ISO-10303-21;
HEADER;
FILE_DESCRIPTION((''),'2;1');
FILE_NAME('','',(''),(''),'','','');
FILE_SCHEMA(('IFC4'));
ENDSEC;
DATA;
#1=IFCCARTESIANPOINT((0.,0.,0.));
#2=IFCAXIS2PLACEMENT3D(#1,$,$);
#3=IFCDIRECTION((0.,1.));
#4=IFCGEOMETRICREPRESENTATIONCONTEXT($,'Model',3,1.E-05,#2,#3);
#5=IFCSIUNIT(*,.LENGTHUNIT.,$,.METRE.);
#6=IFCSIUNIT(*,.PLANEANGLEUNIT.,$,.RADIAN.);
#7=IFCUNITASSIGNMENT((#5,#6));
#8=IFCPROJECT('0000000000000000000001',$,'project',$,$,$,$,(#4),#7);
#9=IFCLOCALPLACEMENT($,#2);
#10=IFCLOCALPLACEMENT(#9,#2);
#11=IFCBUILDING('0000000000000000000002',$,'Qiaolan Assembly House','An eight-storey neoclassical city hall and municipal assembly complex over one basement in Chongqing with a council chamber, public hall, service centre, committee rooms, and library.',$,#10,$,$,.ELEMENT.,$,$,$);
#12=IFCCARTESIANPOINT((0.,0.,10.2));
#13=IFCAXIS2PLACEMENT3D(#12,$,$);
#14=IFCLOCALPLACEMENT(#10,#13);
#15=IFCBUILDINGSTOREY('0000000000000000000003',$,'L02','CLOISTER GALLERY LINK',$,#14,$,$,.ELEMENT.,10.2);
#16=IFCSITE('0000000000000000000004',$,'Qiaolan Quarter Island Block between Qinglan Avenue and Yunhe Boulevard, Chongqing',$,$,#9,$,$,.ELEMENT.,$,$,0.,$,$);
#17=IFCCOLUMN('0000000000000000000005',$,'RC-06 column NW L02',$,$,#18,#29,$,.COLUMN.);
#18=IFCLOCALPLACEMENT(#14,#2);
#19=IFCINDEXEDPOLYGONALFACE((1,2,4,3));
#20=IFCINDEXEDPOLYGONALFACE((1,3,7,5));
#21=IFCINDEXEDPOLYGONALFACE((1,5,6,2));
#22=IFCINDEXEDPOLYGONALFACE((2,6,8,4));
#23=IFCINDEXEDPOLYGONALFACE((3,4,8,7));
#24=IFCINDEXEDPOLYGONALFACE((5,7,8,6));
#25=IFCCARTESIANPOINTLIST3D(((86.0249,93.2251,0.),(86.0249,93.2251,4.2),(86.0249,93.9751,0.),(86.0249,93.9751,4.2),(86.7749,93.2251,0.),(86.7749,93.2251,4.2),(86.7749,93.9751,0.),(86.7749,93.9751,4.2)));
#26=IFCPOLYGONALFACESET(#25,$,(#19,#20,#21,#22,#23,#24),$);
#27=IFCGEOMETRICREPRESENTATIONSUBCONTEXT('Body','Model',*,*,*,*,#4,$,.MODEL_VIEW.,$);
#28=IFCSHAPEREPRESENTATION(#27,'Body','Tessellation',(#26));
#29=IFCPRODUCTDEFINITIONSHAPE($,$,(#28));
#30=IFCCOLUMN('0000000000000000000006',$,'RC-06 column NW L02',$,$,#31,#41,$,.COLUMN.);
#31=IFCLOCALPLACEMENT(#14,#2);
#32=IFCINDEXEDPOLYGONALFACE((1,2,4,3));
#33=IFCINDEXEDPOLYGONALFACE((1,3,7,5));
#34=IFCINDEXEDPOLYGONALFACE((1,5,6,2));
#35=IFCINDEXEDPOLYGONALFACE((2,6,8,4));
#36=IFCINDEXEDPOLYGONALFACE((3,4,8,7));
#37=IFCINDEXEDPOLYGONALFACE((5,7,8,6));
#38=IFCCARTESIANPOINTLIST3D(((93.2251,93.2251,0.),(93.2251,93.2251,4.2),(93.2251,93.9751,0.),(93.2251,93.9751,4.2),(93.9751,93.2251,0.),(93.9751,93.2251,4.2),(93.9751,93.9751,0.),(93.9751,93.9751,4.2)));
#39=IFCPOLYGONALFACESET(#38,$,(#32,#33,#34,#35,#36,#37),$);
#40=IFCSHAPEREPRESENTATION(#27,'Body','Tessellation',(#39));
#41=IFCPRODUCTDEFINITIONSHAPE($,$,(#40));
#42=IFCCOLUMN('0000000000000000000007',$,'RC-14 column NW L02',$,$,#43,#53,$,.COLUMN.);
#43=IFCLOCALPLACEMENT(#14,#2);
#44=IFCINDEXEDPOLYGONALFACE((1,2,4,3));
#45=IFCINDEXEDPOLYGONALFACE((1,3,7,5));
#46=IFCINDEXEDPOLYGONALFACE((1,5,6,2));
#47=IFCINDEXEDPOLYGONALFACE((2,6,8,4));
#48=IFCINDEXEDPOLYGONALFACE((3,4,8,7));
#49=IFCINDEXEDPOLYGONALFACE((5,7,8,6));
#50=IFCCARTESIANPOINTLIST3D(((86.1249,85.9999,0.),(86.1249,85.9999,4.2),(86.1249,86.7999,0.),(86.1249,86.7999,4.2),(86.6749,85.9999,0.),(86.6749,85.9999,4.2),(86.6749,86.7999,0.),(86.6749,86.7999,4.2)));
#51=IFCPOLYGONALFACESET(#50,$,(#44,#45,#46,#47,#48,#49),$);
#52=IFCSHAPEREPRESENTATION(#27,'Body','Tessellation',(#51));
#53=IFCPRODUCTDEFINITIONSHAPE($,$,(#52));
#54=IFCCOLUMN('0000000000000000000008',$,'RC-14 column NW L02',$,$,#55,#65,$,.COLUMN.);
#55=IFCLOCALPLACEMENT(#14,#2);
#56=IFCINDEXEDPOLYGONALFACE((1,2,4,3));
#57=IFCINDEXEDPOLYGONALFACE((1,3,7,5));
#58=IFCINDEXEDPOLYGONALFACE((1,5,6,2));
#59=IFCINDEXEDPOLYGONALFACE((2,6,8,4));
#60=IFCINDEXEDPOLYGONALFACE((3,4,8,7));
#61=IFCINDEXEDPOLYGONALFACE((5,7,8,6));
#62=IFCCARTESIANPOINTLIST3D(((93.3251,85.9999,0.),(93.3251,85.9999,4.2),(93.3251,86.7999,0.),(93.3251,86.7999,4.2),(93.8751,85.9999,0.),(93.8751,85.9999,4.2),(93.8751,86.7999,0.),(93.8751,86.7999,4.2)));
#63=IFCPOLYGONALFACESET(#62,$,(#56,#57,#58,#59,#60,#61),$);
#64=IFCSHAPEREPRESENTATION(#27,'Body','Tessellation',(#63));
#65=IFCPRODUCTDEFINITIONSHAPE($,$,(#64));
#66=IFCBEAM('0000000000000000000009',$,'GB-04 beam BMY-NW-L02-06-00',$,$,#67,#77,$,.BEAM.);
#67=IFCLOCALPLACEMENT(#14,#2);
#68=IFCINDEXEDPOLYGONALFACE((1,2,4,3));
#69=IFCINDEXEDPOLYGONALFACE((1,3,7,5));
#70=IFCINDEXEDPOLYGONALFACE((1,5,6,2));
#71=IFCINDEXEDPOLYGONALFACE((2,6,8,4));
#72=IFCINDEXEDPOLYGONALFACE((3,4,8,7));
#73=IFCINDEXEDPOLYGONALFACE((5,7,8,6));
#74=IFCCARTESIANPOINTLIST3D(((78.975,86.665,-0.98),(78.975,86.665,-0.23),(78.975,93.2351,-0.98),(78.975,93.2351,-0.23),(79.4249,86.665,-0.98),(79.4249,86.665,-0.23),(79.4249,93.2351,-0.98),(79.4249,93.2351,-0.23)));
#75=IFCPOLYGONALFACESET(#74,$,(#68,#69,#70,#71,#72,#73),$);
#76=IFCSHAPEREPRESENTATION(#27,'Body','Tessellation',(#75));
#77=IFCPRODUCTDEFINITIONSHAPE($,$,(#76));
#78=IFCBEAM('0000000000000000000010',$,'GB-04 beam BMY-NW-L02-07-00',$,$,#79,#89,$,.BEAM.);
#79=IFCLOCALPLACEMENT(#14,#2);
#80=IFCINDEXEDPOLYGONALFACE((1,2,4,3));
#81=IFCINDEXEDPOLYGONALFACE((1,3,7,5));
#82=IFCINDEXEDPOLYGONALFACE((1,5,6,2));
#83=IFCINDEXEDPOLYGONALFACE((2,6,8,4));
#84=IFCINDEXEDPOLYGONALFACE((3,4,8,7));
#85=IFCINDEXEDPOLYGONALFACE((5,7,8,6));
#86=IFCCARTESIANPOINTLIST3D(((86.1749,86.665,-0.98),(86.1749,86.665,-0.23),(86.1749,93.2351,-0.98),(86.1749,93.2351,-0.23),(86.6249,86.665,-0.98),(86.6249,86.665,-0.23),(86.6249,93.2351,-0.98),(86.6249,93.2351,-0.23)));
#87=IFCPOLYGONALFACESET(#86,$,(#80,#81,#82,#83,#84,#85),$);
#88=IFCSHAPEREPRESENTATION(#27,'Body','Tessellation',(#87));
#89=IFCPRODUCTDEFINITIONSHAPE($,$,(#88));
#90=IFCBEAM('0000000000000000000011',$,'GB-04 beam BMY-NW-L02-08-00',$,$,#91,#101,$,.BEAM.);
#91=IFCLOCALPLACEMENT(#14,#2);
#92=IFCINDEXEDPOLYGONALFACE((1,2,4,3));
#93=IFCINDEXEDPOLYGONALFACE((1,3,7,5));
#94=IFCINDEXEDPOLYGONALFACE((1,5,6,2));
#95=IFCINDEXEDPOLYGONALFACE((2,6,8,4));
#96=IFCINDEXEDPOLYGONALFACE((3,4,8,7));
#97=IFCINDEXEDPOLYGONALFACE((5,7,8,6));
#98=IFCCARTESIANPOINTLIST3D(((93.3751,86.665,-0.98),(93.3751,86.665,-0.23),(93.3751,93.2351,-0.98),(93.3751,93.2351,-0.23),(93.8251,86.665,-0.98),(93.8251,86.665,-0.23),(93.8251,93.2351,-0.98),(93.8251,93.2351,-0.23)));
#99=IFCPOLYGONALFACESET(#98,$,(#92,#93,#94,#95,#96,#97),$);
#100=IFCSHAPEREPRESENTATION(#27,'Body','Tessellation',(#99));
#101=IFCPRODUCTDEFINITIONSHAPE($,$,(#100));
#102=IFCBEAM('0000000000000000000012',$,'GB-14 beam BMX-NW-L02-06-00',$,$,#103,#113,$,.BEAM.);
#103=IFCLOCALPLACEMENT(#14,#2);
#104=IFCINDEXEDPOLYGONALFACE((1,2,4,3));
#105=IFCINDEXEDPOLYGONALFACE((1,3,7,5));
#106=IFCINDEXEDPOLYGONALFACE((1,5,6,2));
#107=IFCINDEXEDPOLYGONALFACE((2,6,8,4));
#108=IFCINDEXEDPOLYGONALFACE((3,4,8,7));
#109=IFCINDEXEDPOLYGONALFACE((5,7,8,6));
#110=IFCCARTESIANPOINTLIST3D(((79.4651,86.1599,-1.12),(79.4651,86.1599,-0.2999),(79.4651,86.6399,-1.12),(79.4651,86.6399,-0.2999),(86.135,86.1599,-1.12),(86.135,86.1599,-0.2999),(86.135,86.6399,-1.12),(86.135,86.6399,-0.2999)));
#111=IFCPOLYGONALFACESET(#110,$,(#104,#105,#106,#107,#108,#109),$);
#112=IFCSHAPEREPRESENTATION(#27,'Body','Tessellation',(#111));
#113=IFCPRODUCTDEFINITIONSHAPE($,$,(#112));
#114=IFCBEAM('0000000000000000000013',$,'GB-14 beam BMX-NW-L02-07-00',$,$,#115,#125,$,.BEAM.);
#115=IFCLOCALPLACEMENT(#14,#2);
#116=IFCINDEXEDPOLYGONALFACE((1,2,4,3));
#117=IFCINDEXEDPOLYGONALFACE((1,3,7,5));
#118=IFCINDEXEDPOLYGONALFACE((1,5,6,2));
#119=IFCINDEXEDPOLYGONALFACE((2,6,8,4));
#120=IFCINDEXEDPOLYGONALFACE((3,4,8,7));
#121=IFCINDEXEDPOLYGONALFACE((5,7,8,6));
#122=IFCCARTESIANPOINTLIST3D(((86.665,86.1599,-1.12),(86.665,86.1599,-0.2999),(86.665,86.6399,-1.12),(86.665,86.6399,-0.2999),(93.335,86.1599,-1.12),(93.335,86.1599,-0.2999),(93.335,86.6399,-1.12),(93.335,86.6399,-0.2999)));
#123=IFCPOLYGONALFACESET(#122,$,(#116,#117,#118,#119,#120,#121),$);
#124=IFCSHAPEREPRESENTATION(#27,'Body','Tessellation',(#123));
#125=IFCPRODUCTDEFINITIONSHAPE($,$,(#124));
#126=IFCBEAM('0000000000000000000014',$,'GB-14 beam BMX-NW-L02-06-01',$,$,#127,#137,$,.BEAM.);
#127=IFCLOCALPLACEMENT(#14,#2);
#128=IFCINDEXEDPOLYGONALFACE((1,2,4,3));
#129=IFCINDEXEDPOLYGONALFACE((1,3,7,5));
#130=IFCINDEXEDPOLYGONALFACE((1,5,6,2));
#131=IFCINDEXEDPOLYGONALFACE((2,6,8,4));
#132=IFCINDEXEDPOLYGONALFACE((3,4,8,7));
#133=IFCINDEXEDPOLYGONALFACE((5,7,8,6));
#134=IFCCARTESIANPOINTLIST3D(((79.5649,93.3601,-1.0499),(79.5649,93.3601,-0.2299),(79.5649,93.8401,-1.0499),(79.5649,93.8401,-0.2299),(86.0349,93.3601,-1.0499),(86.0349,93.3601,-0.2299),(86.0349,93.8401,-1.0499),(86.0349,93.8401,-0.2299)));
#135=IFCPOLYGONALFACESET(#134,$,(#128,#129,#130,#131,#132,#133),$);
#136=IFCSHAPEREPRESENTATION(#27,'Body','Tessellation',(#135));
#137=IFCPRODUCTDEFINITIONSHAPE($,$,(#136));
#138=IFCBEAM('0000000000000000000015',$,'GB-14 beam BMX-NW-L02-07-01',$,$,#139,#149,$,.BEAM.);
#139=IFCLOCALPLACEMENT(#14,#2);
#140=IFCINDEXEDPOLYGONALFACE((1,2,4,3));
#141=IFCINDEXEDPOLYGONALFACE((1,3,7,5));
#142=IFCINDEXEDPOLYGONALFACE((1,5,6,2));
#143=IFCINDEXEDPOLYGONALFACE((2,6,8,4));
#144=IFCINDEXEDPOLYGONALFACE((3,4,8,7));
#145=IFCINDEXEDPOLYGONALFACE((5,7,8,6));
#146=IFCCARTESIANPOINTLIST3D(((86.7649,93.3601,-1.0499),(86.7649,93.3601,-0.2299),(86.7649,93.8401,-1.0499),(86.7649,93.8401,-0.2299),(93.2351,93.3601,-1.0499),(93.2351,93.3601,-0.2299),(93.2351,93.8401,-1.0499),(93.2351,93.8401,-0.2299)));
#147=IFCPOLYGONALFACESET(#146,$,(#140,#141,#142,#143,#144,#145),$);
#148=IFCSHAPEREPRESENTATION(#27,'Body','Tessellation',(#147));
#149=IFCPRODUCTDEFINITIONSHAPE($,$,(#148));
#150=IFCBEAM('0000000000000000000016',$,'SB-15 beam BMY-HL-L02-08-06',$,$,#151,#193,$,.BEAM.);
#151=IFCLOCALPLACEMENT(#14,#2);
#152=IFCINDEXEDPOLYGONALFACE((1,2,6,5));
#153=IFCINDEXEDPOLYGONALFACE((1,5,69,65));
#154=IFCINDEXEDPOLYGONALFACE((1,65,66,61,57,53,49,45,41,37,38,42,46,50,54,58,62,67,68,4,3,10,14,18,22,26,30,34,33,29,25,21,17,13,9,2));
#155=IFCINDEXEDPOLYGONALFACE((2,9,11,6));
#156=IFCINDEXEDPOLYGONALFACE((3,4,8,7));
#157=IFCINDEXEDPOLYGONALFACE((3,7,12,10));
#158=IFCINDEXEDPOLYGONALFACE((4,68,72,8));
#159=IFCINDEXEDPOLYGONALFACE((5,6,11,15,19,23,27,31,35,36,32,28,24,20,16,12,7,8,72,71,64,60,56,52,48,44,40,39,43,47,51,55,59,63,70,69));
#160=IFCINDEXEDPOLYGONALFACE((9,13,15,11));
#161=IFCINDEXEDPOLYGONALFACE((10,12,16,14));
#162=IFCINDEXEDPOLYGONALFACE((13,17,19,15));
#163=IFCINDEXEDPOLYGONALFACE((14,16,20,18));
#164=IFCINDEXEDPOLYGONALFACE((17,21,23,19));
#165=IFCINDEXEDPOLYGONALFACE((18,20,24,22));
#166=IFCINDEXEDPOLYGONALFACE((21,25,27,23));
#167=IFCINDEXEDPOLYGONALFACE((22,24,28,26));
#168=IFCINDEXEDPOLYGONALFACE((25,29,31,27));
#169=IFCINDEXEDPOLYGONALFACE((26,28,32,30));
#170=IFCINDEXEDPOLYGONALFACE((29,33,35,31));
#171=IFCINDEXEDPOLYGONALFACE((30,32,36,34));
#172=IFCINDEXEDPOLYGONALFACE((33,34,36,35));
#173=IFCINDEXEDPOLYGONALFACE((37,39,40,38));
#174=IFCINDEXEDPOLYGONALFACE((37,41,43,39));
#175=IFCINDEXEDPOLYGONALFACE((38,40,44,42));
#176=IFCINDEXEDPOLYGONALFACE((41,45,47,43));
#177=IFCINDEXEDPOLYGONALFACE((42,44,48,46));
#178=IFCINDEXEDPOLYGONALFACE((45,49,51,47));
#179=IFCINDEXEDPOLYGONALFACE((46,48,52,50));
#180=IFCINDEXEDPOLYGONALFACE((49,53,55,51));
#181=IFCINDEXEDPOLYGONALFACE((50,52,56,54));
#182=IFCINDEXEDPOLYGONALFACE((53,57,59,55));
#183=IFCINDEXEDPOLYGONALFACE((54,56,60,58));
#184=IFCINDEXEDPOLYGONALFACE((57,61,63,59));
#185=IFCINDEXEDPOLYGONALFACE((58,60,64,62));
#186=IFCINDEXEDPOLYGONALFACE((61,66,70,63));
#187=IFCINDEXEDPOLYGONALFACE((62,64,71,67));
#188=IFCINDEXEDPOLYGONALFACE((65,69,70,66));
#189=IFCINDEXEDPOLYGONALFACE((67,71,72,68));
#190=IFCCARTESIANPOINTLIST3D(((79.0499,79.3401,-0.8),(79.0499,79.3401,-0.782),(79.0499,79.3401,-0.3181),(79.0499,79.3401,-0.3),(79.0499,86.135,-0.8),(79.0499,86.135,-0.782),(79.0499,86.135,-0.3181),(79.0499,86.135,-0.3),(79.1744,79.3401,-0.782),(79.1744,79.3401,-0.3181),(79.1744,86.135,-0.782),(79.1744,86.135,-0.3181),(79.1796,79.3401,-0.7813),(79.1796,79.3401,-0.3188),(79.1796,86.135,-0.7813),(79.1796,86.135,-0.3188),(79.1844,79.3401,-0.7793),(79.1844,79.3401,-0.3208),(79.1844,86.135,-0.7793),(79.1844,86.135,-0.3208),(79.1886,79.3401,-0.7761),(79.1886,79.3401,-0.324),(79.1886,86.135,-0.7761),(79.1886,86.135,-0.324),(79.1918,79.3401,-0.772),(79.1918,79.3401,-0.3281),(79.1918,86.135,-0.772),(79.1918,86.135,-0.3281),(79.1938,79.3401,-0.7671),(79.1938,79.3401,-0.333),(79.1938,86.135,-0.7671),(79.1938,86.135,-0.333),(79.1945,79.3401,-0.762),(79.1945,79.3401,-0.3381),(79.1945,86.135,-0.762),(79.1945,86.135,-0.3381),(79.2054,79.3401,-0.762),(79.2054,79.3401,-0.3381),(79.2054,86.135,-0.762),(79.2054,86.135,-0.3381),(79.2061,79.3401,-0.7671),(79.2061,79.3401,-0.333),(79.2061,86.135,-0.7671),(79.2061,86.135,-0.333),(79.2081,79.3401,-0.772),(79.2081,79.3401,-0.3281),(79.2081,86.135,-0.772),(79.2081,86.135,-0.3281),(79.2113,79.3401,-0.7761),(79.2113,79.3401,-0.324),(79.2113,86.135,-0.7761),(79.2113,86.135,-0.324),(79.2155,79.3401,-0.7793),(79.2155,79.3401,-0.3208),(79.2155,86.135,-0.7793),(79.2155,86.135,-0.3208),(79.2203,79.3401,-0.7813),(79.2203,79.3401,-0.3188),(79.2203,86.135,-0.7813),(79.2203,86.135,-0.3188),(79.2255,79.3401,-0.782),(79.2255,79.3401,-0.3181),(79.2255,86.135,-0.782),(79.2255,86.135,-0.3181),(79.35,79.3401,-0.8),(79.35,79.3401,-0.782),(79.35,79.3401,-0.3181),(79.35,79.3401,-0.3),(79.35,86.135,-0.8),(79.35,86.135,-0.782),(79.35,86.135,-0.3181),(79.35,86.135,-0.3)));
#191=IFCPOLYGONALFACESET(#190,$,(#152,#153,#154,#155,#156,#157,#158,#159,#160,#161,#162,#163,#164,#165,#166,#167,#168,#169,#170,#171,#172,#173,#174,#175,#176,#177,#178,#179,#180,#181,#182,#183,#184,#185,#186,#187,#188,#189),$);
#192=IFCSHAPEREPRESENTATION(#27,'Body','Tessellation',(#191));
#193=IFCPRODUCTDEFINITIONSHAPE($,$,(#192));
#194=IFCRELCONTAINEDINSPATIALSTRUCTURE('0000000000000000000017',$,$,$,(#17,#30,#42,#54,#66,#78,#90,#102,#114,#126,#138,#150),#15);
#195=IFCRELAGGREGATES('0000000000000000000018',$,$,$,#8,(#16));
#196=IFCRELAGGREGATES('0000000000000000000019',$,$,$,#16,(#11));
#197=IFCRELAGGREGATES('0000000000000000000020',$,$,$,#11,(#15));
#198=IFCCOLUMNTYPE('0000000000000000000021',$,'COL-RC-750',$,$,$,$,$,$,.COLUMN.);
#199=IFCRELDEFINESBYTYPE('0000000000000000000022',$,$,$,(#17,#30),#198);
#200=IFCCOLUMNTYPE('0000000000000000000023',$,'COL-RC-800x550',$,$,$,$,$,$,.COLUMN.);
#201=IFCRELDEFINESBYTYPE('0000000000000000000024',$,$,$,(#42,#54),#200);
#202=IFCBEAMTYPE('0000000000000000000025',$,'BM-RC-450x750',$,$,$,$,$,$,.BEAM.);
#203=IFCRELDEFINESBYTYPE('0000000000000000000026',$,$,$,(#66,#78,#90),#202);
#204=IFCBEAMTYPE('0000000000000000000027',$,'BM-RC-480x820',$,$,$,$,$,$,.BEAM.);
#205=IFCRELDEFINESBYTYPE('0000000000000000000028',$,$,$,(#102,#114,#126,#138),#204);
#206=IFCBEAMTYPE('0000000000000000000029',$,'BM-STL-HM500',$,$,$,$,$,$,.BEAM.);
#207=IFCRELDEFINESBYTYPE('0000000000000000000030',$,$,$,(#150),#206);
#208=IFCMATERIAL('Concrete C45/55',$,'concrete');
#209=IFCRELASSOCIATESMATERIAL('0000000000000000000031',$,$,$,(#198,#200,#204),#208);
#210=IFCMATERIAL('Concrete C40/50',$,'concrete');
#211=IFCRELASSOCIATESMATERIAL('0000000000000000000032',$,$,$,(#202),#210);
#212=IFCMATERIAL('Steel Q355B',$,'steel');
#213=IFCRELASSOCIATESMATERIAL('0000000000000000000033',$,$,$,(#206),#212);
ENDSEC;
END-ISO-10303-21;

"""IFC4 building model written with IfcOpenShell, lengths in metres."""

from ifc_helpers import new_model, si_unit, direction, frame, origin, origin_2d, place, context, subcontext, project, spatial, rectangle, i_section, extrude, material, material_profile, profile_set, type_object, element, save


model = new_model("IFC4")

# Units and contexts
model_context = context("Model", 3, precision=1e-05, world=origin(), true_north=direction((0.0, 1.0)))
body_context = subcontext(model_context, "Body", "Model", "MODEL_VIEW")
ifc_project = project(units=[si_unit("LENGTHUNIT", "METRE"), si_unit("PLANEANGLEUNIT", "RADIAN")], contexts=[model_context])

# Site, building, storey
site_placement = place(None, origin())
site = spatial("IfcSite", under=ifc_project, at=site_placement, Name="Qiaolan Quarter Island Block between Qinglan Avenue and Yunhe Boulevard, Chongqing", CompositionType="ELEMENT", RefElevation=0.0)
building_placement = place(site_placement, origin())
building = spatial("IfcBuilding", under=site, at=building_placement, Name="Qiaolan Assembly House", Description="An eight-storey neoclassical city hall and municipal assembly complex over one basement in Chongqing with a council chamber, public hall, service centre, committee rooms, and library.", CompositionType="ELEMENT")
storey_placement = place(building_placement, frame((0.0, 0.0, 10.2)))
storey = spatial("IfcBuildingStorey", under=building, at=storey_placement, Name="L02", Description="CLOISTER GALLERY LINK", CompositionType="ELEMENT", Elevation=10.2)

# Columns
ifc_material_1 = material(Name="Concrete C45/55", Category="concrete")
ifc_material_profile_1 = material_profile(ifc_material_1, rectangle(XDim=0.75, YDim=0.75, at=origin_2d()), Name="RC 750x750")
ifc_profile_set_1 = profile_set([ifc_material_profile_1], Name="Concrete C45/55")
column_type_1 = type_object("IfcColumnType", Name="COL-RC-750", PredefinedType="COLUMN", material=ifc_profile_set_1)
for number, where, z_axis, x_axis, name in (
    (1, (86.3999, 93.6001, 0.0), (0.0, 0.0, 1.0), (1.0, 0.0, 0.0), "RC-06 column NW L02"),
    (2, (93.6001, 93.6001, 0.0), (0.0, 0.0, 1.0), (1.0, 0.0, 0.0), "RC-06 column NW L02"),
):
    element("IfcColumn", number, at=place(storey_placement, frame(where, z_axis=z_axis, x_axis=x_axis)), inside=storey, type_object=column_type_1, Name=name, PredefinedType="COLUMN", context=body_context, shape_type="SweptSolid", body=[
        extrude(rectangle(XDim=0.75, YDim=0.75, at=origin_2d()), origin(), (0.0, 0.0, 1.0), 4.2),
    ])
ifc_material_profile_2 = material_profile(ifc_material_1, rectangle(XDim=0.55, YDim=0.8, at=origin_2d()), Name="RC 800x550")
ifc_profile_set_2 = profile_set([ifc_material_profile_2], Name="Concrete C45/55")
column_type_2 = type_object("IfcColumnType", Name="COL-RC-800x550", PredefinedType="COLUMN", material=ifc_profile_set_2)
for number, where, z_axis, x_axis, name in (
    (3, (86.3999, 86.3999, 0.0), (0.0, 0.0, 1.0), (1.0, 0.0, 0.0), "RC-14 column NW L02"),
    (4, (93.6001, 86.3999, 0.0), (0.0, 0.0, 1.0), (1.0, 0.0, 0.0), "RC-14 column NW L02"),
):
    element("IfcColumn", number, at=place(storey_placement, frame(where, z_axis=z_axis, x_axis=x_axis)), inside=storey, type_object=column_type_2, Name=name, PredefinedType="COLUMN", context=body_context, shape_type="SweptSolid", body=[
        extrude(rectangle(XDim=0.55, YDim=0.8, at=origin_2d()), origin(), (0.0, 0.0, 1.0), 4.2),
    ])

# Beams
ifc_material_2 = material(Name="Concrete C40/50", Category="concrete")
ifc_material_profile_3 = material_profile(ifc_material_2, rectangle(XDim=0.45, YDim=0.75, at=origin_2d()), Name="RCB 450x750")
ifc_profile_set_3 = profile_set([ifc_material_profile_3], Name="Concrete C40/50")
beam_type_1 = type_object("IfcBeamType", Name="BM-RC-450x750", PredefinedType="BEAM", material=ifc_profile_set_3)
for number, where, z_axis, x_axis, name in (
    (5, (79.2, 86.665, -0.605), (0.0, 1.0, 0.0), (-1.0, 0.0, 0.0), "GB-04 beam BMY-NW-L02-06-00"),
    (6, (86.3999, 86.665, -0.605), (0.0, 1.0, 0.0), (-1.0, 0.0, 0.0), "GB-04 beam BMY-NW-L02-07-00"),
    (7, (93.6001, 86.665, -0.605), (0.0, 1.0, 0.0), (-1.0, 0.0, 0.0), "GB-04 beam BMY-NW-L02-08-00"),
):
    element("IfcBeam", number, at=place(storey_placement, frame(where, z_axis=z_axis, x_axis=x_axis)), inside=storey, type_object=beam_type_1, Name=name, PredefinedType="BEAM", context=body_context, shape_type="SweptSolid", body=[
        extrude(rectangle(XDim=0.45, YDim=0.75, at=origin_2d()), origin(), (0.0, 0.0, 1.0), 6.5701),
    ])
ifc_material_profile_4 = material_profile(ifc_material_1, rectangle(XDim=0.48, YDim=0.8201, at=origin_2d()), Name="RCB 480x820")
ifc_profile_set_4 = profile_set([ifc_material_profile_4], Name="Concrete C45/55")
beam_type_2 = type_object("IfcBeamType", Name="BM-RC-480x820", PredefinedType="BEAM", material=ifc_profile_set_4)
for number, where, z_axis, x_axis, name in (
    (8, (79.4651, 86.3999, -0.71), (1.0, 0.0, 0.0), (0.0, 1.0, 0.0), "GB-14 beam BMX-NW-L02-06-00"),
    (9, (86.665, 86.3999, -0.71), (1.0, 0.0, 0.0), (0.0, 1.0, 0.0), "GB-14 beam BMX-NW-L02-07-00"),
):
    element("IfcBeam", number, at=place(storey_placement, frame(where, z_axis=z_axis, x_axis=x_axis)), inside=storey, type_object=beam_type_2, Name=name, PredefinedType="BEAM", context=body_context, shape_type="SweptSolid", body=[
        extrude(rectangle(XDim=0.48, YDim=0.8201, at=origin_2d()), origin(), (0.0, 0.0, 1.0), 6.6699),
    ])
beam_1_placement = place(storey_placement, frame((79.5649, 93.6001, -0.6399), z_axis=(1.0, 0.0, 0.0), x_axis=(0.0, 1.0, 0.0)))
element("IfcBeam", 10, at=beam_1_placement, inside=storey, type_object=beam_type_2, Name="GB-14 beam BMX-NW-L02-06-01", PredefinedType="BEAM", context=body_context, shape_type="SweptSolid", body=[
    extrude(rectangle(XDim=0.48, YDim=0.8201, at=origin_2d()), origin(), (0.0, 0.0, 1.0), 6.47),
])
beam_2_placement = place(storey_placement, frame((86.7649, 93.6001, -0.6399), z_axis=(1.0, 0.0, 0.0), x_axis=(0.0, 1.0, 0.0)))
element("IfcBeam", 11, at=beam_2_placement, inside=storey, type_object=beam_type_2, Name="GB-14 beam BMX-NW-L02-07-01", PredefinedType="BEAM", context=body_context, shape_type="SweptSolid", body=[
    extrude(rectangle(XDim=0.48, YDim=0.8201, at=origin_2d()), origin(), (0.0, 0.0, 1.0), 6.4702),
])
ifc_material_3 = material(Name="Steel Q355B", Category="steel")
ifc_material_profile_5 = material_profile(ifc_material_3, i_section(OverallWidth=0.3, OverallDepth=0.5, WebThickness=0.011, FlangeThickness=0.0181, FilletRadius=0.02, at=origin_2d()), Name="HM 500x300x11x18")
ifc_profile_set_5 = profile_set([ifc_material_profile_5], Name="Steel Q355B")
beam_type_3 = type_object("IfcBeamType", Name="BM-STL-HM500", PredefinedType="BEAM", material=ifc_profile_set_5)
for number, where, z_axis, x_axis, name in (
    (12, (79.2, 79.3401, -0.55), (0.0, 1.0, 0.0), (-1.0, 0.0, 0.0), "SB-15 beam BMY-HL-L02-08-06"),
):
    element("IfcBeam", number, at=place(storey_placement, frame(where, z_axis=z_axis, x_axis=x_axis)), inside=storey, type_object=beam_type_3, Name=name, PredefinedType="BEAM", context=body_context, shape_type="SweptSolid", body=[
        extrude(i_section(OverallWidth=0.3, OverallDepth=0.5, WebThickness=0.011, FlangeThickness=0.0181, FilletRadius=0.02, at=origin_2d()), origin(), (0.0, 0.0, 1.0), 6.7949),
    ])

save(model, "model.ifc")
